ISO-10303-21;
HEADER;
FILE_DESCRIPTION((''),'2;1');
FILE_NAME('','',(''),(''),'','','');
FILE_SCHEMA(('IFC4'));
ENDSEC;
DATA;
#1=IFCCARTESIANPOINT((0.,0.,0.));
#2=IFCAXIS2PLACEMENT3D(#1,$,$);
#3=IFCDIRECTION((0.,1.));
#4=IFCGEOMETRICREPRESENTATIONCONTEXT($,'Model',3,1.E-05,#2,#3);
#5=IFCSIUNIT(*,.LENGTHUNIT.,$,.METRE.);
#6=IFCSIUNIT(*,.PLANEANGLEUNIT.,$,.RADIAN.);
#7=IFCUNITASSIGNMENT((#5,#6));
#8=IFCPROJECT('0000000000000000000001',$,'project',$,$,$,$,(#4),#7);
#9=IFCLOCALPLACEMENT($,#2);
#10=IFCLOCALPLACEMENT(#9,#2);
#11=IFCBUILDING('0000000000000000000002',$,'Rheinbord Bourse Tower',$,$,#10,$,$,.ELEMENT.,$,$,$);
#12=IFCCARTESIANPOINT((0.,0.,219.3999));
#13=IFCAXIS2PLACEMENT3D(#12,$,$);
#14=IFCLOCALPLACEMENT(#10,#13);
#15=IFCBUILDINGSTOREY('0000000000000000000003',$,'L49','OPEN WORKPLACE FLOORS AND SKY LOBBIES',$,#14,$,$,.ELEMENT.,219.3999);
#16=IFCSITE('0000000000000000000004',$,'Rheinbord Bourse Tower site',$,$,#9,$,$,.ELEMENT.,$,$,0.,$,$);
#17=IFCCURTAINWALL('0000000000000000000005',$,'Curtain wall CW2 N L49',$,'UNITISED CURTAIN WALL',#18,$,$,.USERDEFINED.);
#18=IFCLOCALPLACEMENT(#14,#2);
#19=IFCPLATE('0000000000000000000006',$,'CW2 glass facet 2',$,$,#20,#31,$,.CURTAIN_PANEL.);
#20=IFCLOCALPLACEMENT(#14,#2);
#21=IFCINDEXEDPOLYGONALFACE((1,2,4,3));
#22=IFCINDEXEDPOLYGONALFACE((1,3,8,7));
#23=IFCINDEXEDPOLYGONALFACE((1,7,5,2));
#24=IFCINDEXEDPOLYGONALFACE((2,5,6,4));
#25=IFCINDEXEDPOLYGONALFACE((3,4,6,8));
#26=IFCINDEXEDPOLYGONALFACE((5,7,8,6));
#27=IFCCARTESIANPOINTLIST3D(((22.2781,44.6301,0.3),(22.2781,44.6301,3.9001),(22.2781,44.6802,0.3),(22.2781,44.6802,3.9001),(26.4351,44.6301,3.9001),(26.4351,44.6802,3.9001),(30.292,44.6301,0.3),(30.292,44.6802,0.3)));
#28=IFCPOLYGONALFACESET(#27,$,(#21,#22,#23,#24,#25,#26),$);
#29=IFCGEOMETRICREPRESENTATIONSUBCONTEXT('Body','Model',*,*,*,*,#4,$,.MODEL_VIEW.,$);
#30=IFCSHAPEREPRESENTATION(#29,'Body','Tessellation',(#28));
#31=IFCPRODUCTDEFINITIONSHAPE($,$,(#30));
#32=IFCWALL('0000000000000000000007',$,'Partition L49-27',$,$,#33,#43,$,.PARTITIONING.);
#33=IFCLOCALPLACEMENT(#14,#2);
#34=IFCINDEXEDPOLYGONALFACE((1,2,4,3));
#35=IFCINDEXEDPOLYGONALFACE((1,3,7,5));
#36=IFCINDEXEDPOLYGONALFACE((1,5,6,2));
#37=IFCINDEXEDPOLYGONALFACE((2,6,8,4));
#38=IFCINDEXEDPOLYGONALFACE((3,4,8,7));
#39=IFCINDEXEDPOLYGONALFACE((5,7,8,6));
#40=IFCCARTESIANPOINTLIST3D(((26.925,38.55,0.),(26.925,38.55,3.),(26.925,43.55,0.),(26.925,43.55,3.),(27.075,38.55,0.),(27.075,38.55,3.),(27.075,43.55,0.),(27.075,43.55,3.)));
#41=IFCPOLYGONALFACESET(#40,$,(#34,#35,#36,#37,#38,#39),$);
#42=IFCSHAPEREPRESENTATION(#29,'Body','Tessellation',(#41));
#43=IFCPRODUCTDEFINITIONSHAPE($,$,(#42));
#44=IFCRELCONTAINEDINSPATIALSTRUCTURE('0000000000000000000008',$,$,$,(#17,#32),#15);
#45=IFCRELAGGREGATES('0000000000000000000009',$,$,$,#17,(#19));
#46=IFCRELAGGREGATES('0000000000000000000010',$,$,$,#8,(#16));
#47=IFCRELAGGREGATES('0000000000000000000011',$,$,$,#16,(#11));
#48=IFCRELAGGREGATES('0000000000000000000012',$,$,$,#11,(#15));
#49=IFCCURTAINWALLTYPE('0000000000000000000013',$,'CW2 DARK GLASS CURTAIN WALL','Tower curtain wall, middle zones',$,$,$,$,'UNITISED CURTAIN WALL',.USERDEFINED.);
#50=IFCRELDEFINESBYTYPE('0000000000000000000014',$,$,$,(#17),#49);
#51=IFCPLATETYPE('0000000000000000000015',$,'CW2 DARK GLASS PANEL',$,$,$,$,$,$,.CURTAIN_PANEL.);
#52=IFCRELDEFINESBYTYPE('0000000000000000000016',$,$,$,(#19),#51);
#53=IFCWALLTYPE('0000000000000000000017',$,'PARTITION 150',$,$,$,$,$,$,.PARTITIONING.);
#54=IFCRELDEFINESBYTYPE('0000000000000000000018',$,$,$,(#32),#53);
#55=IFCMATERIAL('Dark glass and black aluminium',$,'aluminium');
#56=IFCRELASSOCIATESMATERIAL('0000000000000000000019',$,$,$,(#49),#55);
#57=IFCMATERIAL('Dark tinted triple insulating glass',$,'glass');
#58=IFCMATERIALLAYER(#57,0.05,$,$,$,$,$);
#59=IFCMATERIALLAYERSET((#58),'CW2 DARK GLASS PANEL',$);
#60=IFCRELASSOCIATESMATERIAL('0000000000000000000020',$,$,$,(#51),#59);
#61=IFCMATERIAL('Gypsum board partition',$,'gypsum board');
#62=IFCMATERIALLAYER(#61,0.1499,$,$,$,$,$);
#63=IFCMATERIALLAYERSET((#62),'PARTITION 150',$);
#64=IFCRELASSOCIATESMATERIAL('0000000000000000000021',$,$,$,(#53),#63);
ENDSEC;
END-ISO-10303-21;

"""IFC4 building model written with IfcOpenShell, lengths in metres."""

from ifc_helpers import new_model, si_unit, direction, frame, frame_2d, origin, place, context, subcontext, project, spatial, polyline, rectangle, outline, extrude, material, layer, layer_set, type_object, element, aggregate, save


model = new_model("IFC4")

# Units and contexts
model_context = context("Model", 3, precision=1e-05, world=origin(), true_north=direction((0.0, 1.0)))
body_context = subcontext(model_context, "Body", "Model", "MODEL_VIEW")
ifc_project = project(units=[si_unit("LENGTHUNIT", "METRE"), si_unit("PLANEANGLEUNIT", "RADIAN")], contexts=[model_context])

# Site, building, storey
site_placement = place(None, origin())
site = spatial("IfcSite", under=ifc_project, at=site_placement, Name="Rheinbord Bourse Tower site", CompositionType="ELEMENT", RefElevation=0.0)
building_placement = place(site_placement, origin())
building = spatial("IfcBuilding", under=site, at=building_placement, Name="Rheinbord Bourse Tower", CompositionType="ELEMENT")
storey_placement = place(building_placement, frame((0.0, 0.0, 219.3999)))
storey = spatial("IfcBuildingStorey", under=building, at=storey_placement, Name="L49", Description="OPEN WORKPLACE FLOORS AND SKY LOBBIES", CompositionType="ELEMENT", Elevation=219.3999)

# Curtain wall
ifc_material_1 = material(Name="Dark glass and black aluminium", Category="aluminium")
curtain_wall_type = type_object("IfcCurtainWallType", Name="CW2 DARK GLASS CURTAIN WALL", Description="Tower curtain wall, middle zones", ElementType="UNITISED CURTAIN WALL", PredefinedType="USERDEFINED", material=ifc_material_1)
curtain_wall_placement = place(storey_placement, origin())
curtain_wall = element("IfcCurtainWall", 1, at=curtain_wall_placement, inside=storey, type_object=curtain_wall_type, Name="Curtain wall CW2 N L49", ObjectType="UNITISED CURTAIN WALL", PredefinedType="USERDEFINED")

# Plate
ifc_material_2 = material(Name="Dark tinted triple insulating glass", Category="glass")
ifc_layer_1 = layer(ifc_material_2, 0.05)
ifc_layer_set_1 = layer_set([ifc_layer_1], Name="CW2 DARK GLASS PANEL")
plate_type = type_object("IfcPlateType", Name="CW2 DARK GLASS PANEL", PredefinedType="CURTAIN_PANEL", material=ifc_layer_set_1)
plate_1_placement = place(storey_placement, frame((22.2781, 44.6802, 3.9001), z_axis=(0.0, -1.0, 0.0), x_axis=(0.0, 0.0, -1.0)))
plate_1 = element("IfcPlate", 2, at=plate_1_placement, type_object=plate_type, Name="CW2 glass facet 2", PredefinedType="CURTAIN_PANEL", context=body_context, shape_type="SweptSolid", body=[
    extrude(outline(polyline([(0.0, 0.0), (3.6001, 0.0), (3.6001, 8.0139), (0.0, 4.157), (0.0, 0.0)])), origin(), (0.0, 0.0, 1.0), 0.05),
])
aggregate(curtain_wall, [plate_1])

# Wall
ifc_material_3 = material(Name="Gypsum board partition", Category="gypsum board")
ifc_layer_2 = layer(ifc_material_3, 0.1499)
ifc_layer_set_2 = layer_set([ifc_layer_2], Name="PARTITION 150")
wall_type = type_object("IfcWallType", Name="PARTITION 150", PredefinedType="PARTITIONING", material=ifc_layer_set_2)
wall_placement = place(storey_placement, frame((27.0, 38.55, 0.0), z_axis=(0.0, 0.0, 1.0), x_axis=(0.0, 1.0, 0.0)))
element("IfcWall", 3, at=wall_placement, inside=storey, type_object=wall_type, Name="Partition L49-27", PredefinedType="PARTITIONING", context=body_context, shape_type="SweptSolid", body=[
    extrude(rectangle(XDim=5.0, YDim=0.1499, at=frame_2d((2.5, 0.0))), origin(), (0.0, 0.0, 1.0), 3.0),
])

save(model, "model.ifc")
